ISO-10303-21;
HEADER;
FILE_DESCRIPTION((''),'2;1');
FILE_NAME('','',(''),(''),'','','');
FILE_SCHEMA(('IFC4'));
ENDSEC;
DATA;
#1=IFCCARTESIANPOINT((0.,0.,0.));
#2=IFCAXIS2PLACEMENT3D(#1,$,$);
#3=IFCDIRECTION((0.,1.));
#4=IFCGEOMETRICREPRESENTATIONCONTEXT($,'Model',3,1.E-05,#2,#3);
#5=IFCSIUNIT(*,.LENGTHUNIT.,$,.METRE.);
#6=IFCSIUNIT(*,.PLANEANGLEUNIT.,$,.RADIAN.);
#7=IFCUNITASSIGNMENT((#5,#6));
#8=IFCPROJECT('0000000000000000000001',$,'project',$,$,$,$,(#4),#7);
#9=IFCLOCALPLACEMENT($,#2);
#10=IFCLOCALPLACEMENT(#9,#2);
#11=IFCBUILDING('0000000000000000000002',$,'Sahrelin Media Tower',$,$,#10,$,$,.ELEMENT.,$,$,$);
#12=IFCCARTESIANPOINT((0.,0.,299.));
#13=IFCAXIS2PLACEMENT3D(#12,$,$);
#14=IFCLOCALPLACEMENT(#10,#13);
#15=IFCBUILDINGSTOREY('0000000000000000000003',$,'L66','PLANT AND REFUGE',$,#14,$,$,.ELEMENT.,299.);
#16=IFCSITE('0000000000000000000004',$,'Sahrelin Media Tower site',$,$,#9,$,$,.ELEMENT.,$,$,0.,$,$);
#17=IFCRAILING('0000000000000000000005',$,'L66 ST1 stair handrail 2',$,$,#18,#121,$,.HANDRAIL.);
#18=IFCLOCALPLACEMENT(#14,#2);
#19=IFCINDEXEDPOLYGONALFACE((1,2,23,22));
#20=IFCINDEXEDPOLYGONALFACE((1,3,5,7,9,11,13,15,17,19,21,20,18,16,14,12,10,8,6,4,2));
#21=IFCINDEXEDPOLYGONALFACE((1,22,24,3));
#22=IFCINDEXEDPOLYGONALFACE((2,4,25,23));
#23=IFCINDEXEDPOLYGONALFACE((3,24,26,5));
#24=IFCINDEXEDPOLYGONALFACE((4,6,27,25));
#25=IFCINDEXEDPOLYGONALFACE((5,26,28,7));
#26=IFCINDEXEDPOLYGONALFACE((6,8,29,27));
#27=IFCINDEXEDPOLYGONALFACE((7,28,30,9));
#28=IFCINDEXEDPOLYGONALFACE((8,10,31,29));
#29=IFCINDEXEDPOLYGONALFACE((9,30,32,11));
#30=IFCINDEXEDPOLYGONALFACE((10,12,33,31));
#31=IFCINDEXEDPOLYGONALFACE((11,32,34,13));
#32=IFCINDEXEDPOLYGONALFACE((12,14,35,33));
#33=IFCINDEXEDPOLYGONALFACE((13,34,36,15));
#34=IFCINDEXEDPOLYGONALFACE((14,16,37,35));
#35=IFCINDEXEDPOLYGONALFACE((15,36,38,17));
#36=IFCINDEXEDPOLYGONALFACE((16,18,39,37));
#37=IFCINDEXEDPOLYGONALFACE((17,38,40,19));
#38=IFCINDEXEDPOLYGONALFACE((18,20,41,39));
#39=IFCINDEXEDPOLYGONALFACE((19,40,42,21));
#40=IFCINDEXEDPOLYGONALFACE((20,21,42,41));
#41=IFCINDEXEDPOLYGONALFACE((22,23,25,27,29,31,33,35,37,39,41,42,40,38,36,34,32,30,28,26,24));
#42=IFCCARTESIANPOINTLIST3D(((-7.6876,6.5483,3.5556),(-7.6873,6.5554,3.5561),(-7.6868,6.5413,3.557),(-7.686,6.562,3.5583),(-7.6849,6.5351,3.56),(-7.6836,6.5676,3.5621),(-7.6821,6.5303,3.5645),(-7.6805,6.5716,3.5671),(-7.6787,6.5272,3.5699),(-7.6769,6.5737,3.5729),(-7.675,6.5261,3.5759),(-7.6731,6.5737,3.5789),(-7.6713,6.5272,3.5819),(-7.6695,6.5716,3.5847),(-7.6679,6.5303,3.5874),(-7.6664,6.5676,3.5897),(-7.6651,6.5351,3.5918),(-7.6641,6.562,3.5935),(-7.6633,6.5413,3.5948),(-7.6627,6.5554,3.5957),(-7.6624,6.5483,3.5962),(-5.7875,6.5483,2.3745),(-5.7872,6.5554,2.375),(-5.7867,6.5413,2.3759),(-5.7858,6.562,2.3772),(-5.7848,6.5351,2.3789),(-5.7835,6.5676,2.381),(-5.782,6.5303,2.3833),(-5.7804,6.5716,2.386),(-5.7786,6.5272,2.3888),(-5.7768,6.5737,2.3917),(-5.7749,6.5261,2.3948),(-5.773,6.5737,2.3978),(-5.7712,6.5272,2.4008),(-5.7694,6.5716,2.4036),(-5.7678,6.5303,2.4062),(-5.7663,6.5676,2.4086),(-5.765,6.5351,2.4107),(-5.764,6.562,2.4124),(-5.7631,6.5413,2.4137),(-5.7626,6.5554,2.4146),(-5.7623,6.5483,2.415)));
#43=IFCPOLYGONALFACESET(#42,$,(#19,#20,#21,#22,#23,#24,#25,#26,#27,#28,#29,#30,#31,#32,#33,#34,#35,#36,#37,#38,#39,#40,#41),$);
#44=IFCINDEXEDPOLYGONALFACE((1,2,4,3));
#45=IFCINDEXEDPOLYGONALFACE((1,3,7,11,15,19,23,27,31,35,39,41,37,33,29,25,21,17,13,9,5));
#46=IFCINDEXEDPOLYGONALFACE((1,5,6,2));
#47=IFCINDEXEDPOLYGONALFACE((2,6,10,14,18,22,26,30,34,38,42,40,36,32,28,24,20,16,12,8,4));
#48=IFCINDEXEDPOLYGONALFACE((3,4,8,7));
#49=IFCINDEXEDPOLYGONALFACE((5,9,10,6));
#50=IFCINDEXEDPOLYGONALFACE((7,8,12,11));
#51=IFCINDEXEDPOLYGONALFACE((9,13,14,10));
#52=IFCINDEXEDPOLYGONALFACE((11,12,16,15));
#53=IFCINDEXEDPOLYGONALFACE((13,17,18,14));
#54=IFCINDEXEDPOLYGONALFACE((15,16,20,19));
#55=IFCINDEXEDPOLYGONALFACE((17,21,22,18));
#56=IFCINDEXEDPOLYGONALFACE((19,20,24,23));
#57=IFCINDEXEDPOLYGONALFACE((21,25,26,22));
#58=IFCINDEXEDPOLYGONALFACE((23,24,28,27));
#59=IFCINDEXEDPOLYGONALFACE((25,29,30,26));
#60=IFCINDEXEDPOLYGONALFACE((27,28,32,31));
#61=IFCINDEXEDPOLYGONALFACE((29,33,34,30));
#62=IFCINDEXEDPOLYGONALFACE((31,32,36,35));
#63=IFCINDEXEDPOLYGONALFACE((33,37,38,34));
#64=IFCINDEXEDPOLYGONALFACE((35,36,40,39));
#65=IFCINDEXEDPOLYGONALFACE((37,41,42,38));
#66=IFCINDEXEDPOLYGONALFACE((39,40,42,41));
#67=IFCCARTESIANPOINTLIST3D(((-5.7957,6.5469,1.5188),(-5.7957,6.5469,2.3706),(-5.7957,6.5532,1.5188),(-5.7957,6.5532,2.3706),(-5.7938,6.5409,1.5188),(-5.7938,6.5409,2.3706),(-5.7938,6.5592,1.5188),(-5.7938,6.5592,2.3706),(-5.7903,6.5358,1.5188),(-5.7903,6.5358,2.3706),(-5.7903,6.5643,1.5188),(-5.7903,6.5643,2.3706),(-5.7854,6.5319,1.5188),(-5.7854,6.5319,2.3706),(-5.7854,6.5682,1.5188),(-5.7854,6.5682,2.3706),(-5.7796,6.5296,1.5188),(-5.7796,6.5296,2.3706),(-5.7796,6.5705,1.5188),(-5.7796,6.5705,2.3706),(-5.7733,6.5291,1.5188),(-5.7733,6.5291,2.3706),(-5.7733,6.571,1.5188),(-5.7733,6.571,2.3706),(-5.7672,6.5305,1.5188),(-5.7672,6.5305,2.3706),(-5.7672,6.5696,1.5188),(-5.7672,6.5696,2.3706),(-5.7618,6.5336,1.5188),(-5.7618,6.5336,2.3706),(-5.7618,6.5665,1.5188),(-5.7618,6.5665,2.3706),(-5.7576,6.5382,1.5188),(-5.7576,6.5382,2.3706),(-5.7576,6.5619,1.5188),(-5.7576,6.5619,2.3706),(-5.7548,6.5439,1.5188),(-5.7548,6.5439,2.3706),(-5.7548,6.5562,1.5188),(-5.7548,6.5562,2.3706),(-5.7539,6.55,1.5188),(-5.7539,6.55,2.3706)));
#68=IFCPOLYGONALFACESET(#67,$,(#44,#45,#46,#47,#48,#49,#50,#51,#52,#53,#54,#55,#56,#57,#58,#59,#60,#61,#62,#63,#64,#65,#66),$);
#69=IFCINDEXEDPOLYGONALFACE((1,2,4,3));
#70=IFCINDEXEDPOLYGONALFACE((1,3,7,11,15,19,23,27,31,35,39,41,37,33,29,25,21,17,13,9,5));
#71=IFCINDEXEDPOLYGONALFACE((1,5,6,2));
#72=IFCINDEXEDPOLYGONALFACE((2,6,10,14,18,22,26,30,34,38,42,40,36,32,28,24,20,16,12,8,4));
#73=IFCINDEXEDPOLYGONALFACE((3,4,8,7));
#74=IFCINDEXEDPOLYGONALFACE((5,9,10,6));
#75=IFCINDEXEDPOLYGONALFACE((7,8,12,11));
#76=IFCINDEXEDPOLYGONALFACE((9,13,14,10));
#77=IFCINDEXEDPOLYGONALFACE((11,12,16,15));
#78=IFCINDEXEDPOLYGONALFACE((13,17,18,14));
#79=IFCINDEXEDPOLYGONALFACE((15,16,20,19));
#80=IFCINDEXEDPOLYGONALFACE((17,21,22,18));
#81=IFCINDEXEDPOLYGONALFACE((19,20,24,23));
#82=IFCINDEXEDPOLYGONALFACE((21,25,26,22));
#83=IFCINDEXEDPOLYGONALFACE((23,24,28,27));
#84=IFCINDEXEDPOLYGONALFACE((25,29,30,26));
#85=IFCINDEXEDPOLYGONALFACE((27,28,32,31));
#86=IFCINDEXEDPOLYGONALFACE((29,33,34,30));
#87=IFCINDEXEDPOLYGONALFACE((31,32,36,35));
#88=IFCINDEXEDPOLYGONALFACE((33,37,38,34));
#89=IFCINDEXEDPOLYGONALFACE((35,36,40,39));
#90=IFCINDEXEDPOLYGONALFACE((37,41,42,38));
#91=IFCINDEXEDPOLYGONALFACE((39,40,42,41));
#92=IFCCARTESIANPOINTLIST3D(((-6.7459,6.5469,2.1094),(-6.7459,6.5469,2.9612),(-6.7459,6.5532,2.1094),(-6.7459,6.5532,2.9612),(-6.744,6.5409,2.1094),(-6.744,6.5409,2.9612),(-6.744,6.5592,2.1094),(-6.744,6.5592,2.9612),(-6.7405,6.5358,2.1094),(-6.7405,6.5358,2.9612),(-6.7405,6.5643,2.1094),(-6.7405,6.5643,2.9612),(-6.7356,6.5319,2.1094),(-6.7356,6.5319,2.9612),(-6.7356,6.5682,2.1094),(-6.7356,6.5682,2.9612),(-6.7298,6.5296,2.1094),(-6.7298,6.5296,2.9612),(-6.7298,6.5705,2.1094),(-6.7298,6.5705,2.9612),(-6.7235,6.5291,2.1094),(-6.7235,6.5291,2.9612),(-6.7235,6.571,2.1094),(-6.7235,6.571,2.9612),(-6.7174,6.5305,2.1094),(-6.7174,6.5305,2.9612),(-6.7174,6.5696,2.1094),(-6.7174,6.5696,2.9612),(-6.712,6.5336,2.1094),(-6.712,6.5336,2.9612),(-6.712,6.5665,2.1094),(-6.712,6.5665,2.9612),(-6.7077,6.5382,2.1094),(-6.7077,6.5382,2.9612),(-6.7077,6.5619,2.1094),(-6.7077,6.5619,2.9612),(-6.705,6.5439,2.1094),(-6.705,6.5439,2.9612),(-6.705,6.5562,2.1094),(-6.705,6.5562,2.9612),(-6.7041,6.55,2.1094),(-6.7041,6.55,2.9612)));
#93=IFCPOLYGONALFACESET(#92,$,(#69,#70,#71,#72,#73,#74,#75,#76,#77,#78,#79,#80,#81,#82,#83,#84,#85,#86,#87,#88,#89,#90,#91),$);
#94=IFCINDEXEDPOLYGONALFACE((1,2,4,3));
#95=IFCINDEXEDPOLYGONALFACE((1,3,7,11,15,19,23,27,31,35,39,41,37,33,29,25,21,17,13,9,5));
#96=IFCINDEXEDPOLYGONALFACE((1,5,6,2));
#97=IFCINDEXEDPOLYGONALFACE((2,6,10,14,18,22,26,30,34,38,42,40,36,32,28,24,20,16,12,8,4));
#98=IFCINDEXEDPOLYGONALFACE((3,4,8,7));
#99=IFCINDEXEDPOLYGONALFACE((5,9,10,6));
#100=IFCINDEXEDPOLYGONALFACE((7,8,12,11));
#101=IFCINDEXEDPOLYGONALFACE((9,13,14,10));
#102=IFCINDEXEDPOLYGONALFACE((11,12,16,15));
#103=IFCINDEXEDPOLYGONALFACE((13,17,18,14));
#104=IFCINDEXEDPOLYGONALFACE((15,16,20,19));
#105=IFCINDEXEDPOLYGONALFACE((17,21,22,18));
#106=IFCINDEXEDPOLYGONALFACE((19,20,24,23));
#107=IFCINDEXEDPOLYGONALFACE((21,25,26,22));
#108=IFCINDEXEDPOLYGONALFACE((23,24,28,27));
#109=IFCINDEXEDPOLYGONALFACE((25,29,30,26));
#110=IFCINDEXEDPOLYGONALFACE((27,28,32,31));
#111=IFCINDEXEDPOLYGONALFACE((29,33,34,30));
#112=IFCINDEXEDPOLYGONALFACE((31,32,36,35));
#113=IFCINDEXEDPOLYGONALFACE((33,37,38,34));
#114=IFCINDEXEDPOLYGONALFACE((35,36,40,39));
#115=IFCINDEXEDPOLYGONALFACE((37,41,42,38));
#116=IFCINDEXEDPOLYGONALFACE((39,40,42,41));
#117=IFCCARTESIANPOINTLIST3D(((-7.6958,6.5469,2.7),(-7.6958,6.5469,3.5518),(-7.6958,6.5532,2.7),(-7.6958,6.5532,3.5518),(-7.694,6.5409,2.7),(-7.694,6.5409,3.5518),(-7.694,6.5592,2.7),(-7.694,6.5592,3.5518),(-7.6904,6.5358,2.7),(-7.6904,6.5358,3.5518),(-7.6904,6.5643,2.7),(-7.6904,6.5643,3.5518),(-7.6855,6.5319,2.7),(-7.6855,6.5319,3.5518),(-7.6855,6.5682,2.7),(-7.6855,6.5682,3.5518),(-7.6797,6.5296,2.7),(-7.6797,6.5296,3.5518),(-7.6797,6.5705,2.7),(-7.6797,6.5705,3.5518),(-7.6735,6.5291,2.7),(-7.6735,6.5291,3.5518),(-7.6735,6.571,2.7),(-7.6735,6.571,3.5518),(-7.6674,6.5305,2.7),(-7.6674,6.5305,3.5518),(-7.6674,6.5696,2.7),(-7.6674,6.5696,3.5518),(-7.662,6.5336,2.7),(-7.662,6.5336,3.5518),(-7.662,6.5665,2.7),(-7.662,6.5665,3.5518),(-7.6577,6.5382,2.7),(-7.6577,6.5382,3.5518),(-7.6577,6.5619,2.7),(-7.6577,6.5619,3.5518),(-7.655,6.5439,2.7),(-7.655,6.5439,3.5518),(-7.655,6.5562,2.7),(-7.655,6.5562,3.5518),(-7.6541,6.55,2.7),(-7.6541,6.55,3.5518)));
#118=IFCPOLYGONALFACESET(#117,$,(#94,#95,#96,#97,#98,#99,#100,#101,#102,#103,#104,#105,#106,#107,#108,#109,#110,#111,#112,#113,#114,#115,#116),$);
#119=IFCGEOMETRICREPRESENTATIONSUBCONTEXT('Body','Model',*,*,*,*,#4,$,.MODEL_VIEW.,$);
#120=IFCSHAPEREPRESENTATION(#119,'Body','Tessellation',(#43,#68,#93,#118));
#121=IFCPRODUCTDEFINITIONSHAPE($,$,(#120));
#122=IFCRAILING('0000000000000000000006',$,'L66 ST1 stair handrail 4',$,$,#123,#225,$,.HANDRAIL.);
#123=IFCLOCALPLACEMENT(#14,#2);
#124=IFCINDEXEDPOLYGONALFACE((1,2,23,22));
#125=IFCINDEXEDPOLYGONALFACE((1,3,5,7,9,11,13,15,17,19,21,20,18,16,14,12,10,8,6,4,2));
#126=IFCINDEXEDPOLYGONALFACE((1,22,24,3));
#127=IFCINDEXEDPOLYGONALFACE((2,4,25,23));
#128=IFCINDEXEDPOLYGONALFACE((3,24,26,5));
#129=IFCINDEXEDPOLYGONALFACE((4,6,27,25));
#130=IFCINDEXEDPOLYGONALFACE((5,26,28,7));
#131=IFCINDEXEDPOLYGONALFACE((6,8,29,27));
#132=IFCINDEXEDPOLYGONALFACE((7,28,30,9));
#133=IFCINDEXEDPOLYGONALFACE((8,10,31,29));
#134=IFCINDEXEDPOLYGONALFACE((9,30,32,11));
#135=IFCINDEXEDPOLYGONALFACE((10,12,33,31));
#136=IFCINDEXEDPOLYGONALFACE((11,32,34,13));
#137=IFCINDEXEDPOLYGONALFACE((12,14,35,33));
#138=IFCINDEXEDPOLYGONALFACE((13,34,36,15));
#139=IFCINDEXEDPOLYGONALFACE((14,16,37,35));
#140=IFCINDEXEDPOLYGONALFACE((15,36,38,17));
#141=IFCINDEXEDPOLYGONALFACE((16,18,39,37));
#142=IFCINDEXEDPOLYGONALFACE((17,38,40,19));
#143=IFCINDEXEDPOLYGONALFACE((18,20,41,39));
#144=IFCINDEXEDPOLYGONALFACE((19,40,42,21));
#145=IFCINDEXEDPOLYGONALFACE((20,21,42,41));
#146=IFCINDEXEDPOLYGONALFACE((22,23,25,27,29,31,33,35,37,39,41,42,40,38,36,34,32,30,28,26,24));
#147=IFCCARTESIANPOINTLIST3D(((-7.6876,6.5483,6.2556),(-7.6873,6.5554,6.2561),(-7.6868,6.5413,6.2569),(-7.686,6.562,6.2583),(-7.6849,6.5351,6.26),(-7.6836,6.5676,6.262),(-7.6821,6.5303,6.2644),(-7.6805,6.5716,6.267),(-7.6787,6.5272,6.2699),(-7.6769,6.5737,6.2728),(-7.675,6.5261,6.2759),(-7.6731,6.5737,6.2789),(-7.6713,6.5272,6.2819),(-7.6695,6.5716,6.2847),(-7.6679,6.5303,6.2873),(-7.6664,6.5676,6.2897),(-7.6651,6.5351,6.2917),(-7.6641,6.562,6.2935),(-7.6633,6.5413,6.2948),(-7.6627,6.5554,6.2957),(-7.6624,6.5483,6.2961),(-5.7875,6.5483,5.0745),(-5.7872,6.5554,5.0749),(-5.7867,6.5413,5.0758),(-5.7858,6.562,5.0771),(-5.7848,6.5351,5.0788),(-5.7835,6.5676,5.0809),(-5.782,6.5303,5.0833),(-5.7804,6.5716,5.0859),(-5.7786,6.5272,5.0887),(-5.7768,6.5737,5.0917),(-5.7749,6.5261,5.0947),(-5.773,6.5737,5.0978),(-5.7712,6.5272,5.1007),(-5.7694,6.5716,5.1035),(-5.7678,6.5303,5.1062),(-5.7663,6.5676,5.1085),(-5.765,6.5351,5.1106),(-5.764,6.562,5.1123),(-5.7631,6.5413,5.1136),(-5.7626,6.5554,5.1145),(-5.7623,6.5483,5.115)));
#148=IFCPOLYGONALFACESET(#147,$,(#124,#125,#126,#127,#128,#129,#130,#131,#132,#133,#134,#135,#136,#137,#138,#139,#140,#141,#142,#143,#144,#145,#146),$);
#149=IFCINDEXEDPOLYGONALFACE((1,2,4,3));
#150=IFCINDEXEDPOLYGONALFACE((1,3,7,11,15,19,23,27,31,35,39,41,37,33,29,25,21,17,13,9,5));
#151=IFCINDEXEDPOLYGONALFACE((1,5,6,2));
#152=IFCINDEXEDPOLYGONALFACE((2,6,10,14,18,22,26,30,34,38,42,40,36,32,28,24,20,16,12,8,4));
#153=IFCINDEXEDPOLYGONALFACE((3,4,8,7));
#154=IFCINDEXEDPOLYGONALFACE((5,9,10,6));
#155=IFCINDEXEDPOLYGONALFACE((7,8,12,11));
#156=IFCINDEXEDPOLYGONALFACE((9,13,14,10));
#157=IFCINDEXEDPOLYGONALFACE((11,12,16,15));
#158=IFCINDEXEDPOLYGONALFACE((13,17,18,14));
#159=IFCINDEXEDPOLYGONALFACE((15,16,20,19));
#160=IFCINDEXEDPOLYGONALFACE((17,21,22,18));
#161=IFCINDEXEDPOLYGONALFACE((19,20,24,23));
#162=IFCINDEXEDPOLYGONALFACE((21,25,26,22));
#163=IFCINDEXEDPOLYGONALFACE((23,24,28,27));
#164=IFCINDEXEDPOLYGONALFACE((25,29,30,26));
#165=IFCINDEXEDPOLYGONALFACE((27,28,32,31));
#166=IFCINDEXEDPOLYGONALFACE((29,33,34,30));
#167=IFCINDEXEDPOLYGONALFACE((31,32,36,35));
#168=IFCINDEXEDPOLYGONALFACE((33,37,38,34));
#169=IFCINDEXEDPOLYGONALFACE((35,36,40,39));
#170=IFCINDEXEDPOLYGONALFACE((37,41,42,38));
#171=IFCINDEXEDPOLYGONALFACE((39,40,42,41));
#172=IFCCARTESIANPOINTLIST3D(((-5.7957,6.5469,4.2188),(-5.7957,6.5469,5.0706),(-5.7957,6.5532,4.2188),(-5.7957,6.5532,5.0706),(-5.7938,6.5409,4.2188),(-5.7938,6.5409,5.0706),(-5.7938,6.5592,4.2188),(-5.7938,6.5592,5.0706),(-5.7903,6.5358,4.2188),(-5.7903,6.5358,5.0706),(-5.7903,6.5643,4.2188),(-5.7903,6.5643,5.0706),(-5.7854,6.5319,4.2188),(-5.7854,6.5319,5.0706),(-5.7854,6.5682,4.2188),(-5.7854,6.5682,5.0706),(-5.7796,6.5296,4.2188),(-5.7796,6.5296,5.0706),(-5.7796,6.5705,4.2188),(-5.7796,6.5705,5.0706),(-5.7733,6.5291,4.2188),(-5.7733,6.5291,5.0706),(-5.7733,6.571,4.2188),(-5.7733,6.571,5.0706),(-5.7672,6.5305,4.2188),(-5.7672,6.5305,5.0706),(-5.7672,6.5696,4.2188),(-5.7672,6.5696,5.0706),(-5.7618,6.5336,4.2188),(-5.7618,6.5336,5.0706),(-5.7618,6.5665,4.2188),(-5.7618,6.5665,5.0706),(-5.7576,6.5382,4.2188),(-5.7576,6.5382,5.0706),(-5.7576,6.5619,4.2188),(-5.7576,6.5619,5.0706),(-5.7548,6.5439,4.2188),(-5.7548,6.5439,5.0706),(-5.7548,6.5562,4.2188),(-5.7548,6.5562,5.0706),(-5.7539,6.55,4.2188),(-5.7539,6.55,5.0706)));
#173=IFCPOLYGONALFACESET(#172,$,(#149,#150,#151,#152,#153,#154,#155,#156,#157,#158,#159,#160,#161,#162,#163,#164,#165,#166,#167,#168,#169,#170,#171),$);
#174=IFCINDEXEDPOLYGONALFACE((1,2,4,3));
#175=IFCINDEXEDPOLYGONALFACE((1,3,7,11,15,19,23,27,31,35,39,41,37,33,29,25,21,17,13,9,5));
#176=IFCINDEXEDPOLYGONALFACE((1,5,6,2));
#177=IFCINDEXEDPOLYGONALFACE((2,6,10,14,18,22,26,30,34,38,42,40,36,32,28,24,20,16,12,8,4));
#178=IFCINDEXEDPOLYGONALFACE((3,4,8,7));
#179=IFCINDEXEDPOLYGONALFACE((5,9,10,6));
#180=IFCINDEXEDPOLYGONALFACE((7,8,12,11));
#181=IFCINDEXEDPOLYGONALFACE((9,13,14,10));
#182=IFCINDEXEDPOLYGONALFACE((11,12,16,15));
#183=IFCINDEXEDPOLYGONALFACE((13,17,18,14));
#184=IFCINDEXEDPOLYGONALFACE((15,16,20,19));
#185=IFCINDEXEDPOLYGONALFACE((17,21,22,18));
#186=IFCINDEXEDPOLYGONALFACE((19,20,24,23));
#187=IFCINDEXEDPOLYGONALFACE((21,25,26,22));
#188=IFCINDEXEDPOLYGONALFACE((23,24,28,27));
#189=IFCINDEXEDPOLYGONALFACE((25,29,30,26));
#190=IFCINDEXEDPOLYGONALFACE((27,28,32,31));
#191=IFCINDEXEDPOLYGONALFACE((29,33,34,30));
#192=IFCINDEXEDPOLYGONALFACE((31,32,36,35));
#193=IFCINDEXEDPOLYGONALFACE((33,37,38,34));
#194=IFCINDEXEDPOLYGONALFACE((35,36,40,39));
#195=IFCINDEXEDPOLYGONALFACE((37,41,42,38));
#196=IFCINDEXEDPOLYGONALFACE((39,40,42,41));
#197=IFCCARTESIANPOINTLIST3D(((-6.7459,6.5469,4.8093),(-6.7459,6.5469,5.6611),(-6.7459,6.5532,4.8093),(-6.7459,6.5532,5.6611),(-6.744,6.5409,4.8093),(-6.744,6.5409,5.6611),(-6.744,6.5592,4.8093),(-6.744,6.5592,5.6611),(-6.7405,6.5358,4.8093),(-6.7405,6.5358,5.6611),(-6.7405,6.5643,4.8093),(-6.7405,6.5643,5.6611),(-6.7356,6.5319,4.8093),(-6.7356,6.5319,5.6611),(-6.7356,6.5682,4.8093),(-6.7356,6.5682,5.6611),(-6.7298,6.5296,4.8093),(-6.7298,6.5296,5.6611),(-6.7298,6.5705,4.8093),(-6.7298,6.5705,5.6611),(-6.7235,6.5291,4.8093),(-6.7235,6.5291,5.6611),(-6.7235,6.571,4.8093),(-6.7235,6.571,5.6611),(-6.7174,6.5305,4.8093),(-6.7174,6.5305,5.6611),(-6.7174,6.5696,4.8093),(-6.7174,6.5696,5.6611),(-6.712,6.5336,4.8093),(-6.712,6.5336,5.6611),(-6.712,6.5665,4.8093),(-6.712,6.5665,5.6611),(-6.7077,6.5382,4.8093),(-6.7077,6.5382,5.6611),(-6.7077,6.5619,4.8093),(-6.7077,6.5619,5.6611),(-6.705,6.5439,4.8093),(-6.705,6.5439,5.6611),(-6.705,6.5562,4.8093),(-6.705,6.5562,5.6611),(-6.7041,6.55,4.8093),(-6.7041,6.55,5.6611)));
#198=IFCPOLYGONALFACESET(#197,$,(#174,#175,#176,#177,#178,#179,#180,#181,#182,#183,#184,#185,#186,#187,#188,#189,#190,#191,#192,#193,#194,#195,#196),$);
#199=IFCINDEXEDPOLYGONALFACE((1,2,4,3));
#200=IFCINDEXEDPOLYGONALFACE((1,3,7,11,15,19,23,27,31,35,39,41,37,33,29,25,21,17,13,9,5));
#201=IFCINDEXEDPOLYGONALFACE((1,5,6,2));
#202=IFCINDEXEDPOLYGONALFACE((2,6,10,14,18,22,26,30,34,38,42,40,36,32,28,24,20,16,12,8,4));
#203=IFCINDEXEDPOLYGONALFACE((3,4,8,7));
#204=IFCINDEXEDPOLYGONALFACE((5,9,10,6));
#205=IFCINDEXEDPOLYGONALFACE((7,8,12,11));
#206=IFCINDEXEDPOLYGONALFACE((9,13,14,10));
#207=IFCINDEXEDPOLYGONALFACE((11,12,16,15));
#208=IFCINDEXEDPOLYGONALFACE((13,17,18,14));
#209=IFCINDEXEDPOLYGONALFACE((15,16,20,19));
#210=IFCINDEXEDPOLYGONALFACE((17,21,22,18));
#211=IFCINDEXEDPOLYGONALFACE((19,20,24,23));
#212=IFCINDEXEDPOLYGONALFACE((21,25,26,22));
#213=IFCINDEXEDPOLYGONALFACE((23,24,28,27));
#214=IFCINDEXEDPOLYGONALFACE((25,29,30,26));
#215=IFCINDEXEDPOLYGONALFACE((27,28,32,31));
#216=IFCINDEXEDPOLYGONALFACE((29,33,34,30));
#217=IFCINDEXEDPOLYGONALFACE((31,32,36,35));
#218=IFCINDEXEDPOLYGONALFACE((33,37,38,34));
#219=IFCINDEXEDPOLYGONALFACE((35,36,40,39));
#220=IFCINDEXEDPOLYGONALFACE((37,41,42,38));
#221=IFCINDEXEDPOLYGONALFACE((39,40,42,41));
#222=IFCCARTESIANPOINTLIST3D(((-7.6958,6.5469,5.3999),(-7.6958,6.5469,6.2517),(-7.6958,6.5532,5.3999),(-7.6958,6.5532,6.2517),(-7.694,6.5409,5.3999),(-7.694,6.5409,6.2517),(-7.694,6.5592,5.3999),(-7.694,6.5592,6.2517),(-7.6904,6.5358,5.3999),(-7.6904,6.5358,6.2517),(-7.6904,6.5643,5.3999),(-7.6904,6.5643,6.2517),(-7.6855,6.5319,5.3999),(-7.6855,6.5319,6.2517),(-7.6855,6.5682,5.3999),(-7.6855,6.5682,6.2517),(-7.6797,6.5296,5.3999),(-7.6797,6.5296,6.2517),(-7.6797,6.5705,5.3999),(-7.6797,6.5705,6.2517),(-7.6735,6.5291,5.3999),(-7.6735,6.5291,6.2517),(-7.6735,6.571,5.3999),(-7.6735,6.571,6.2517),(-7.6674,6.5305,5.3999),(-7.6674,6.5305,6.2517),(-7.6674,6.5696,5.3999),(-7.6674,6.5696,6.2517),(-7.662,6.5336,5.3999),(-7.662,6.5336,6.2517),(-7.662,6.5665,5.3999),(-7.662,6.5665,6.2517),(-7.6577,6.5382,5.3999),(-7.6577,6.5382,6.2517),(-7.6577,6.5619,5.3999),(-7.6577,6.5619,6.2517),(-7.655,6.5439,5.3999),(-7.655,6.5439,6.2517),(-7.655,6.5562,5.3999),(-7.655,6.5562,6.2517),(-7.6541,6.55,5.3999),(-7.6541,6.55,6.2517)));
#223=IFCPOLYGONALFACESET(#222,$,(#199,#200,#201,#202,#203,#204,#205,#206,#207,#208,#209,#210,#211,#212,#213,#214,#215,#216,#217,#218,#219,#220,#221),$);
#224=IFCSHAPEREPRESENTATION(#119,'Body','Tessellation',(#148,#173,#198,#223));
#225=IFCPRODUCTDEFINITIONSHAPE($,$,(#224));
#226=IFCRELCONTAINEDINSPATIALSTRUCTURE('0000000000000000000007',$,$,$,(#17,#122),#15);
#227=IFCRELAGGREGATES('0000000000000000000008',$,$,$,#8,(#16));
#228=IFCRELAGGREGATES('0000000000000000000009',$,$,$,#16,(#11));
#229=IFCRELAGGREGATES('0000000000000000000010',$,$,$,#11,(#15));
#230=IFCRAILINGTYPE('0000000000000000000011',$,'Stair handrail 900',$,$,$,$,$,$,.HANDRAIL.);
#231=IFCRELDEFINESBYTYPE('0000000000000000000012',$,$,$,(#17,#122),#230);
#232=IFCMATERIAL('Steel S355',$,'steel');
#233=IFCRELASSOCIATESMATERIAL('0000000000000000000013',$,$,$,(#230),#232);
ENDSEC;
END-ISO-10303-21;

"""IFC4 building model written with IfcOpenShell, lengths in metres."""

from ifc_helpers import new_model, si_unit, direction, frame, origin, origin_2d, place, context, subcontext, project, spatial, circle, extrude, material, type_object, element, save


model = new_model("IFC4")

# Units and contexts
model_context = context("Model", 3, precision=1e-05, world=origin(), true_north=direction((0.0, 1.0)))
body_context = subcontext(model_context, "Body", "Model", "MODEL_VIEW")
ifc_project = project(units=[si_unit("LENGTHUNIT", "METRE"), si_unit("PLANEANGLEUNIT", "RADIAN")], contexts=[model_context])

# Site, building, storey
site_placement = place(None, origin())
site = spatial("IfcSite", under=ifc_project, at=site_placement, Name="Sahrelin Media Tower site", CompositionType="ELEMENT", RefElevation=0.0)
building_placement = place(site_placement, origin())
building = spatial("IfcBuilding", under=site, at=building_placement, Name="Sahrelin Media Tower", CompositionType="ELEMENT")
storey_placement = place(building_placement, frame((0.0, 0.0, 299.0)))
storey = spatial("IfcBuildingStorey", under=building, at=storey_placement, Name="L66", Description="PLANT AND REFUGE", CompositionType="ELEMENT", Elevation=299.0)

# Shared definitions
ifc_material_1 = material(Name="Steel S355", Category="steel")

# Railings
railing_type = type_object("IfcRailingType", Name="Stair handrail 900", PredefinedType="HANDRAIL", material=ifc_material_1)
for number, where, name in (
    (1, (-5.7749, 6.55, 1.5188), "L66 ST1 stair handrail 2"),
    (2, (-5.7749, 6.55, 4.2188), "L66 ST1 stair handrail 4"),
):
    element("IfcRailing", number, at=place(storey_placement, frame(where)), inside=storey, type_object=railing_type, Name=name, PredefinedType="HANDRAIL", context=body_context, shape_type="SweptSolid", body=[
        extrude(circle(Radius=0.0239, at=origin_2d()), frame((0.0, 0.0, 0.876), z_axis=(-0.849289, 0.0, 0.527928), x_axis=(0.0, -1.0, 0.0)), (0.0, 0.0, 1.0), 2.2373),
        extrude(circle(Radius=0.021, at=origin_2d()), origin(), (0.0, 0.0, 1.0), 0.8518),
        extrude(circle(Radius=0.021, at=origin_2d()), frame((-0.9502, 0.0, 0.5906)), (0.0, 0.0, 1.0), 0.8518),
        extrude(circle(Radius=0.021, at=origin_2d()), frame((-1.9001, 0.0, 1.1812)), (0.0, 0.0, 1.0), 0.8518),
    ])

save(model, "model.ifc")
